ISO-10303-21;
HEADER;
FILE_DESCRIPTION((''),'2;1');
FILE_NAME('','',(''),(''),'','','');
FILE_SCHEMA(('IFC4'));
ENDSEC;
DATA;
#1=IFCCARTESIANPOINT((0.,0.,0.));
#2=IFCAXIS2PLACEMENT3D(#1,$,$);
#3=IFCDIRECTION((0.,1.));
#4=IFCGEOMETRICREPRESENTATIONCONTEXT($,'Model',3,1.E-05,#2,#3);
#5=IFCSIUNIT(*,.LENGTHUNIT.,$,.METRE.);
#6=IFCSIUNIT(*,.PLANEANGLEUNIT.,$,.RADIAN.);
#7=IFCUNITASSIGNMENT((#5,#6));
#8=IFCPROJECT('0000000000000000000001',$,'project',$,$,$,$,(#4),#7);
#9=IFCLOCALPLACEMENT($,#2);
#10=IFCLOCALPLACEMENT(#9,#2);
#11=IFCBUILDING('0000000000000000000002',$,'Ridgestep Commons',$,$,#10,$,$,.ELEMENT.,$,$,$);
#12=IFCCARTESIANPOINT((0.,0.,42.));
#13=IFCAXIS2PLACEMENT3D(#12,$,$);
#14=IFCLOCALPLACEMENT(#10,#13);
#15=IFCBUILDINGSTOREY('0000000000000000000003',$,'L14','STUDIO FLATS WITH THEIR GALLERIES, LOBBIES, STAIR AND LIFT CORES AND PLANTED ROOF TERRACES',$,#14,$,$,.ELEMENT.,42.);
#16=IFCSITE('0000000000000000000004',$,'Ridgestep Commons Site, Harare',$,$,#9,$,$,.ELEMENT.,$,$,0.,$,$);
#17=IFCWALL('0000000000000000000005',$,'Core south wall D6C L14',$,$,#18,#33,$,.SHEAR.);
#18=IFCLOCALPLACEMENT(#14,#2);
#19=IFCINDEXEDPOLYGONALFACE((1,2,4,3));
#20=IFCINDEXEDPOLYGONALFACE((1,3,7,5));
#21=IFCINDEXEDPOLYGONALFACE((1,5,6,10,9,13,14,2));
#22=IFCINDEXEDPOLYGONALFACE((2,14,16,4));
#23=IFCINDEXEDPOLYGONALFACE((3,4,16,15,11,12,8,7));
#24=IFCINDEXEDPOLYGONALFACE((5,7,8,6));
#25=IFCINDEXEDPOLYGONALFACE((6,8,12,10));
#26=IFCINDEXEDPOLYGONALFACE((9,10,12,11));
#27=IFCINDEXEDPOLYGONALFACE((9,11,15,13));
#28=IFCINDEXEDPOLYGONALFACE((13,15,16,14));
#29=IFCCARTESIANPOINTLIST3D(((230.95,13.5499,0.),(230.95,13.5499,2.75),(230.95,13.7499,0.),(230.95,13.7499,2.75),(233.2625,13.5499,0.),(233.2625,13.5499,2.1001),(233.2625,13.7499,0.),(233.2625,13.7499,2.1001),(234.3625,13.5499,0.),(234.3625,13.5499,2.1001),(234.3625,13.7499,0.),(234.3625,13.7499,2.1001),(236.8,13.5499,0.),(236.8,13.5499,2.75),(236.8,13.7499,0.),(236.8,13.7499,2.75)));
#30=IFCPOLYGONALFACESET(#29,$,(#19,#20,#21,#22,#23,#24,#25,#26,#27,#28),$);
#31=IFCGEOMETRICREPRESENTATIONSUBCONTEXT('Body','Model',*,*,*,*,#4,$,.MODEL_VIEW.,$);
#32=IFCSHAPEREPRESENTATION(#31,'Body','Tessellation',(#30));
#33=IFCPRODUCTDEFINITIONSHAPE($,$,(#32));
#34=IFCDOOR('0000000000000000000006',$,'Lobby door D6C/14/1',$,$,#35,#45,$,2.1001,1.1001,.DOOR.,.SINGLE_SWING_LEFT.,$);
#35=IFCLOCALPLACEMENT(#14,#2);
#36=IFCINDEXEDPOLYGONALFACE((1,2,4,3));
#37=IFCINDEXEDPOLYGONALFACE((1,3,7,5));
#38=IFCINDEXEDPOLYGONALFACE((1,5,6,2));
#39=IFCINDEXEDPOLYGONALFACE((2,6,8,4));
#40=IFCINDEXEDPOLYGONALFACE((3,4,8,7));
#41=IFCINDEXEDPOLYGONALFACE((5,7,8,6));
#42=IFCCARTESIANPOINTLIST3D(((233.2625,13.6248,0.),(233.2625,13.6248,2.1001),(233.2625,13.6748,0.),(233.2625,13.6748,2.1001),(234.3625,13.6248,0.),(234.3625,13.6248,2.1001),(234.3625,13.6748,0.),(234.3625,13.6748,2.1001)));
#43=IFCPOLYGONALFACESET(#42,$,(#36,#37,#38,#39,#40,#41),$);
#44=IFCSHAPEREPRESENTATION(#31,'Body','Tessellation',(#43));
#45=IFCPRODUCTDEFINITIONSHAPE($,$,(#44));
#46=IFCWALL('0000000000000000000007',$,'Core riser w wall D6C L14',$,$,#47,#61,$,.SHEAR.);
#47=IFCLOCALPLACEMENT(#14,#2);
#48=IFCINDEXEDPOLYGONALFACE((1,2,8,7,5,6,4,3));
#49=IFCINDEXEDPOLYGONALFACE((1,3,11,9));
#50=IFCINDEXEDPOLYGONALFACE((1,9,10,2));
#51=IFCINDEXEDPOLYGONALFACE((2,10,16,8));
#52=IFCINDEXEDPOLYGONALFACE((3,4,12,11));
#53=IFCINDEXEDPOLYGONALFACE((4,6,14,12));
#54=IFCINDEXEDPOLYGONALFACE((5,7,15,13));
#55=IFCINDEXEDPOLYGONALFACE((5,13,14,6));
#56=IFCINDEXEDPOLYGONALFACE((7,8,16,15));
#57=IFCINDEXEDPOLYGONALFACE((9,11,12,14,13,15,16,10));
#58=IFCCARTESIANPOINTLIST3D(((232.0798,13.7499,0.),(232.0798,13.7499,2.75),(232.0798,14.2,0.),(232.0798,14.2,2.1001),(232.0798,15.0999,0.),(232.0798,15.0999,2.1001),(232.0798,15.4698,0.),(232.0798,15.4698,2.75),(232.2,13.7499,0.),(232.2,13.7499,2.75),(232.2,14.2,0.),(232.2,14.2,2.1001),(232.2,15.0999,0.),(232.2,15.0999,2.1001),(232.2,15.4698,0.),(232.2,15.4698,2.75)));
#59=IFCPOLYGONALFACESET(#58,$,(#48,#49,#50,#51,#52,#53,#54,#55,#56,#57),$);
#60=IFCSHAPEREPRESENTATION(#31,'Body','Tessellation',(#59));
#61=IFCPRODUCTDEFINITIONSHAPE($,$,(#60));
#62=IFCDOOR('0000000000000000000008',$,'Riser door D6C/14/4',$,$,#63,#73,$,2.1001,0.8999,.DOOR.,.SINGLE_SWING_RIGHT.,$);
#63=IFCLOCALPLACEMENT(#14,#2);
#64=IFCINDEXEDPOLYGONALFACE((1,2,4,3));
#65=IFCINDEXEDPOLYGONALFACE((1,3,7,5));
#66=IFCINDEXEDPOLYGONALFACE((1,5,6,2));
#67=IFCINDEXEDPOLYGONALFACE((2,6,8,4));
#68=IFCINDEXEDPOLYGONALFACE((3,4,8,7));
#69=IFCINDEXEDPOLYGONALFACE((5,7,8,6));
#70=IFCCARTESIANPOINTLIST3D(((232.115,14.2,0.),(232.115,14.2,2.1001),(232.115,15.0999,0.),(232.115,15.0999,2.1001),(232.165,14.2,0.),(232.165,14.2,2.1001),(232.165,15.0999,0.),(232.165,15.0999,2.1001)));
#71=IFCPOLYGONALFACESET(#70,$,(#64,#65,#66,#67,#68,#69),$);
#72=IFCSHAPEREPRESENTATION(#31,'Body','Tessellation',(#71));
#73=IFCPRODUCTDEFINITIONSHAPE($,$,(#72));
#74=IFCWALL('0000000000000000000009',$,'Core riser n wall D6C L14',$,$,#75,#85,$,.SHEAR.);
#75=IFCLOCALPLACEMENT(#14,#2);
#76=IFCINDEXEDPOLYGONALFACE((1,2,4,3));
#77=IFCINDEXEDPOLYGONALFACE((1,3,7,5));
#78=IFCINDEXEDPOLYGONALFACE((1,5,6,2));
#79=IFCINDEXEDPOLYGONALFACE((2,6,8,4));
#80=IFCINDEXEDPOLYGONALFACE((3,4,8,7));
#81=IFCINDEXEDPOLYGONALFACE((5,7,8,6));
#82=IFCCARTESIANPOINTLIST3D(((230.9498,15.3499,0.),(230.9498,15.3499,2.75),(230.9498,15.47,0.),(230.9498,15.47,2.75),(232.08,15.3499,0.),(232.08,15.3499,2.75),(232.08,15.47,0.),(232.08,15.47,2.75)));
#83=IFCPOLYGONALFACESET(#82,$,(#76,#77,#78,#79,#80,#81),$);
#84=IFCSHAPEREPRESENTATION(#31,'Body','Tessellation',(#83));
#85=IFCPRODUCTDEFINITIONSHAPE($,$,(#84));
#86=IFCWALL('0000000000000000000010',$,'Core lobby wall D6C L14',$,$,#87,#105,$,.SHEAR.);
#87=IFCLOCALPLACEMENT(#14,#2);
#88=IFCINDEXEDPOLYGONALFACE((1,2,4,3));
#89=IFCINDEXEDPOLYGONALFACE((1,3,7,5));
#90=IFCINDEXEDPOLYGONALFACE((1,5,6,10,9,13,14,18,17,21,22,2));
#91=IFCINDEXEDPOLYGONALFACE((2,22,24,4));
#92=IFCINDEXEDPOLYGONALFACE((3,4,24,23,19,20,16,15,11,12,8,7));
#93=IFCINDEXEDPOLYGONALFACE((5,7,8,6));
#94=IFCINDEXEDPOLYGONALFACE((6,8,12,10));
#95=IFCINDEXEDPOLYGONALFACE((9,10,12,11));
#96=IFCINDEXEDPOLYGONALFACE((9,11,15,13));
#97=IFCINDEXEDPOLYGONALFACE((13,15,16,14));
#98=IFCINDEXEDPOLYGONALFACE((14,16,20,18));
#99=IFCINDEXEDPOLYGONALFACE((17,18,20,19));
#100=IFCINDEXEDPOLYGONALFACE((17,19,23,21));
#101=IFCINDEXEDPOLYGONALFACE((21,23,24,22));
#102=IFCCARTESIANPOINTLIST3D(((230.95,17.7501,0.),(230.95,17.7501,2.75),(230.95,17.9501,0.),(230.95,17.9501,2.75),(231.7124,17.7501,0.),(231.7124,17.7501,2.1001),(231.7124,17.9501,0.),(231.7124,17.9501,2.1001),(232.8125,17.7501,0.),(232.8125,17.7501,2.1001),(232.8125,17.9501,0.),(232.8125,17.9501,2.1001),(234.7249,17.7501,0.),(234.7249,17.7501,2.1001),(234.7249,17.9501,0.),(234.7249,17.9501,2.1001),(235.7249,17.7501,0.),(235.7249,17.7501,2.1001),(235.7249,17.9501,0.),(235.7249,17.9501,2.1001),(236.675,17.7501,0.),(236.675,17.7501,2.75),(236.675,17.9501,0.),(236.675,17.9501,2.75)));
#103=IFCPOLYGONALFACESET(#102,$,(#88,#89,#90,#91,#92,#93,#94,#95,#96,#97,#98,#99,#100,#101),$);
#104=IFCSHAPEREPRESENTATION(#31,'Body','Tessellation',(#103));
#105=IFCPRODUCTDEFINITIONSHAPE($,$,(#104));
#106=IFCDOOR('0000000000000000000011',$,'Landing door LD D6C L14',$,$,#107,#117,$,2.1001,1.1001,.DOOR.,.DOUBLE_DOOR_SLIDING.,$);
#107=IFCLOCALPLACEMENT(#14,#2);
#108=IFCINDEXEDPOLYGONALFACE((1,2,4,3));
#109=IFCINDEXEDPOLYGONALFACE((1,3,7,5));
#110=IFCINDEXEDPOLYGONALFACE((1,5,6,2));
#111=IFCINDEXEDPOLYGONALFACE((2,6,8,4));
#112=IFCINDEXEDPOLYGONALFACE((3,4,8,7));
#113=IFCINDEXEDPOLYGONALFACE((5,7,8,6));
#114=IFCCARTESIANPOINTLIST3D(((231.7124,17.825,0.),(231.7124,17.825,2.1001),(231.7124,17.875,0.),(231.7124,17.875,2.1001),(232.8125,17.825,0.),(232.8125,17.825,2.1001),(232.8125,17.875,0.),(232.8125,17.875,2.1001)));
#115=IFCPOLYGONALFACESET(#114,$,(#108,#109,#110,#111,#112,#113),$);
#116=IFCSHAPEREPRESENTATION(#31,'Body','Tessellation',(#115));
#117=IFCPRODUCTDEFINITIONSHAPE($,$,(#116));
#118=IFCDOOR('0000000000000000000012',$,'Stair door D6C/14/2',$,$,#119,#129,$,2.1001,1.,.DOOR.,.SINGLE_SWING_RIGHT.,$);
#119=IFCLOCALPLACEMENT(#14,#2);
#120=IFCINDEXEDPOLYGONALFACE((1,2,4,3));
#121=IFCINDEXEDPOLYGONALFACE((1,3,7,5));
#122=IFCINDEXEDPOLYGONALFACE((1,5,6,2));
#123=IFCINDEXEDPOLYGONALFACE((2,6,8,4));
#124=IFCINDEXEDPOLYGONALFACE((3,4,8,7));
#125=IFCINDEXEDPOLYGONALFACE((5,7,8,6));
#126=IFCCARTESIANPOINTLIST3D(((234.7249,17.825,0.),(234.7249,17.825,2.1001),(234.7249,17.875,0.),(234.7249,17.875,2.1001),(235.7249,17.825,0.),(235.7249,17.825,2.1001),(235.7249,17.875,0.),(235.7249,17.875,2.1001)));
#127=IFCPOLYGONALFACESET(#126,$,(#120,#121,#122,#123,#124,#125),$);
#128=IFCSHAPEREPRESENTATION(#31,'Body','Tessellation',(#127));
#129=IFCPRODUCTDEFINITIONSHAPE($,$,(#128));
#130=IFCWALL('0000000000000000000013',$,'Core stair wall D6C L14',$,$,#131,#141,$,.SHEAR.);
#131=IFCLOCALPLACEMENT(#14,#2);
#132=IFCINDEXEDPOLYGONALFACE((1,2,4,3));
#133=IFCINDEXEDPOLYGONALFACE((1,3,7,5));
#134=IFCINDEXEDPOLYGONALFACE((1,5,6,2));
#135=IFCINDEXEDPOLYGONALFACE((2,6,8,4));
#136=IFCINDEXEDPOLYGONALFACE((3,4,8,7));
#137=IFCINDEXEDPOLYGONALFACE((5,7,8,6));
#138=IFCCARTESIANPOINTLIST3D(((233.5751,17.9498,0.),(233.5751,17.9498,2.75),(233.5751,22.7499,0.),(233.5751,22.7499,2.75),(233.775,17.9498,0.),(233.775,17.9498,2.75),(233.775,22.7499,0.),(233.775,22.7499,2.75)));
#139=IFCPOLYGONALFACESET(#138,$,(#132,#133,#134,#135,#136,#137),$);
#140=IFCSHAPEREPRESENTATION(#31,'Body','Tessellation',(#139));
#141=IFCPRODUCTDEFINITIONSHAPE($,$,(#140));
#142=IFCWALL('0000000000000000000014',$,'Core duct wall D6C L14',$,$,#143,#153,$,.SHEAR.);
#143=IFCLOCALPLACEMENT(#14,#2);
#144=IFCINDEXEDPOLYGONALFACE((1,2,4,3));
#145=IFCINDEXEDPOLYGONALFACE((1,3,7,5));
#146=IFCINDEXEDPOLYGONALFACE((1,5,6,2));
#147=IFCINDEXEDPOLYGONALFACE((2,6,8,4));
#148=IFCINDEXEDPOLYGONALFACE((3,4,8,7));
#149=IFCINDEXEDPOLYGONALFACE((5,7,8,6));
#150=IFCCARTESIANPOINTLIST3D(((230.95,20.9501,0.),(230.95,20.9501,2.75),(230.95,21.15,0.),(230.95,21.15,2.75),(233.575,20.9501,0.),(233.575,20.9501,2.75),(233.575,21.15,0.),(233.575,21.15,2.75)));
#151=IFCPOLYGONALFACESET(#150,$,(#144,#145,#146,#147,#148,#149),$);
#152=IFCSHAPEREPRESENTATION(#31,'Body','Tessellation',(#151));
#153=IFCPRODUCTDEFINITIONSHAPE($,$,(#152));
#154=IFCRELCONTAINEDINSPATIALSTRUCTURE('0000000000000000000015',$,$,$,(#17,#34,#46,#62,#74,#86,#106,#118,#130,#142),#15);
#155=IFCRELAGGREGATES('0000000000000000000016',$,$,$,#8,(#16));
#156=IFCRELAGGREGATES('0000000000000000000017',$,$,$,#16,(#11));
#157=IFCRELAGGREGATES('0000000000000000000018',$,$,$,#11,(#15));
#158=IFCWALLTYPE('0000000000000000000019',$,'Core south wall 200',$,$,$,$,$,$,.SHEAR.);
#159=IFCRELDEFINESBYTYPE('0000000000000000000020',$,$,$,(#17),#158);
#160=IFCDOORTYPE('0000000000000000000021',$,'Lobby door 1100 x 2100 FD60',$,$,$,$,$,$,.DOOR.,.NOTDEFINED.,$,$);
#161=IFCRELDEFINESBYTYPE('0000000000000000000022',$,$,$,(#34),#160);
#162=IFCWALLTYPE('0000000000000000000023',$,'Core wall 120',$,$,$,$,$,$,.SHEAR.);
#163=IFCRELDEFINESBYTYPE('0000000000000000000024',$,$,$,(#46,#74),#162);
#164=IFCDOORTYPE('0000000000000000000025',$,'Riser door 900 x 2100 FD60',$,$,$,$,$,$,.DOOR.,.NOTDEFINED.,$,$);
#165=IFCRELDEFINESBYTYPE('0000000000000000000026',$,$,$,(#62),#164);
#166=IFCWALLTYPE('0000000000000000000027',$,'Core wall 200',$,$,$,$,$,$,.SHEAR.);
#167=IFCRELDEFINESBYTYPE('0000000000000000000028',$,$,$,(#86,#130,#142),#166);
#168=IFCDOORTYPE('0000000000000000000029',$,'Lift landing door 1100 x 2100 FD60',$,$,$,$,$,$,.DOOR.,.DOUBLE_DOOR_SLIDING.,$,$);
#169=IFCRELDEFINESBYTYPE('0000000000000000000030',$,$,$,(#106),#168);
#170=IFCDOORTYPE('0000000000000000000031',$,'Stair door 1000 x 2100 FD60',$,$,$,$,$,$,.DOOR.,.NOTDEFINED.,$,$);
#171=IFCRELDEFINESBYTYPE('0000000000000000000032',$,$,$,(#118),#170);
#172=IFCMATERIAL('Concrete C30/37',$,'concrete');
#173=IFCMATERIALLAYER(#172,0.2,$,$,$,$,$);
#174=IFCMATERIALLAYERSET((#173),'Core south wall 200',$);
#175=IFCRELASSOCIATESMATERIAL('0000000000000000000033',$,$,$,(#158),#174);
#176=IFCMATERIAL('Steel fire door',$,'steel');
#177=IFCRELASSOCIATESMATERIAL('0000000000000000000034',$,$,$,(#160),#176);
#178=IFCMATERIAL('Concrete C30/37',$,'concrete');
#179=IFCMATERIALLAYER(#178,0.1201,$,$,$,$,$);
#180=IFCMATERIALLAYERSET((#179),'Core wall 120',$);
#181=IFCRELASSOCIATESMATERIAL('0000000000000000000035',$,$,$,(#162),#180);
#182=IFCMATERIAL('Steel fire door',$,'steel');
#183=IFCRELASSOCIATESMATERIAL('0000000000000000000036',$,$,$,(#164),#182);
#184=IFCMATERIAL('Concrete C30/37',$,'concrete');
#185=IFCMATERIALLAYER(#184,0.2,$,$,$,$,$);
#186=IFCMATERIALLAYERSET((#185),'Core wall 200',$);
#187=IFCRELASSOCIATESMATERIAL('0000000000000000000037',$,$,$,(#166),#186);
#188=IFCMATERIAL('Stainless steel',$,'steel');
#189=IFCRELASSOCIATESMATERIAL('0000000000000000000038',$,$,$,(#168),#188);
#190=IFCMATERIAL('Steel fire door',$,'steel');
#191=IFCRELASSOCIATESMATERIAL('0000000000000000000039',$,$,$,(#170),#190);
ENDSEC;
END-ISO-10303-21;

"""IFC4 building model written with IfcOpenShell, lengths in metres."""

from ifc_helpers import new_model, si_unit, direction, frame, frame_2d, origin, place, context, subcontext, project, spatial, rectangle, extrude, material, layer, layer_set, type_object, element, fill, save


model = new_model("IFC4")

# Units and contexts
model_context = context("Model", 3, precision=1e-05, world=origin(), true_north=direction((0.0, 1.0)))
body_context = subcontext(model_context, "Body", "Model", "MODEL_VIEW")
ifc_project = project(units=[si_unit("LENGTHUNIT", "METRE"), si_unit("PLANEANGLEUNIT", "RADIAN")], contexts=[model_context])

# Site, building, storey
site_placement = place(None, origin())
site = spatial("IfcSite", under=ifc_project, at=site_placement, Name="Ridgestep Commons Site, Harare", CompositionType="ELEMENT", RefElevation=0.0)
building_placement = place(site_placement, origin())
building = spatial("IfcBuilding", under=site, at=building_placement, Name="Ridgestep Commons", CompositionType="ELEMENT")
storey_placement = place(building_placement, frame((0.0, 0.0, 42.0)))
storey = spatial("IfcBuildingStorey", under=building, at=storey_placement, Name="L14", Description="STUDIO FLATS WITH THEIR GALLERIES, LOBBIES, STAIR AND LIFT CORES AND PLANTED ROOF TERRACES", CompositionType="ELEMENT", Elevation=42.0)

# Walls, openings, doors
ifc_material_1 = material(Name="Concrete C30/37", Category="concrete")
ifc_layer_1 = layer(ifc_material_1, 0.2)
ifc_layer_set_1 = layer_set([ifc_layer_1], Name="Core south wall 200")
wall_type_1 = type_object("IfcWallType", Name="Core south wall 200", PredefinedType="SHEAR", material=ifc_layer_set_1)
wall_1_placement = place(storey_placement, frame((230.95, 13.6499, 0.0), z_axis=(0.0, 0.0, 1.0), x_axis=(1.0, 0.0, 0.0)))
wall_1 = element("IfcWall", 1, at=wall_1_placement, inside=storey, type_object=wall_type_1, Name="Core south wall D6C L14", PredefinedType="SHEAR", context=body_context, shape_type="SweptSolid", body=[
    extrude(rectangle(XDim=5.8501, YDim=0.2, at=frame_2d((2.925, 0.0))), origin(), (0.0, 0.0, 1.0), 2.75),
])
opening_1_placement = place(wall_1_placement, frame((2.3125, 0.0, 0.0)))
opening_1 = element("IfcOpeningElement", 2, at=opening_1_placement, cuts=wall_1, PredefinedType="OPENING", context=body_context, shape_type="SweptSolid", body=[
    extrude(rectangle(XDim=1.1001, YDim=2.1001, at=frame_2d((0.55, 1.05))), frame((0.0, 0.1099, 0.0), z_axis=(0.0, -1.0, 0.0), x_axis=(1.0, 0.0, 0.0)), (0.0, 0.0, 1.0), 0.22),
])
ifc_material_2 = material(Name="Steel fire door", Category="steel")
door_type_1 = type_object("IfcDoorType", Name="Lobby door 1100 x 2100 FD60", OperationType="NOTDEFINED", PredefinedType="DOOR", material=ifc_material_2)
door_1_placement = place(opening_1_placement, origin())
door_1 = element("IfcDoor", 3, at=door_1_placement, inside=storey, type_object=door_type_1, Name="Lobby door D6C/14/1", OperationType="SINGLE_SWING_LEFT", OverallHeight=2.1001, OverallWidth=1.1001, PredefinedType="DOOR", context=body_context, shape_type="SweptSolid", body=[
    extrude(rectangle(XDim=1.1001, YDim=2.1001, at=frame_2d((0.55, 1.05))), frame((0.0, 0.0249, 0.0), z_axis=(0.0, -1.0, 0.0), x_axis=(1.0, 0.0, 0.0)), (0.0, 0.0, 1.0), 0.05),
])
fill(opening_1, door_1)
ifc_material_3 = material(Name="Concrete C30/37", Category="concrete")
ifc_layer_2 = layer(ifc_material_3, 0.1201)
ifc_layer_set_2 = layer_set([ifc_layer_2], Name="Core wall 120")
wall_type_2 = type_object("IfcWallType", Name="Core wall 120", PredefinedType="SHEAR", material=ifc_layer_set_2)
wall_2_placement = place(storey_placement, frame((232.1399, 13.75, 0.0), z_axis=(0.0, 0.0, 1.0), x_axis=(0.0, 1.0, 0.0)))
wall_2 = element("IfcWall", 4, at=wall_2_placement, inside=storey, type_object=wall_type_2, Name="Core riser w wall D6C L14", PredefinedType="SHEAR", context=body_context, shape_type="SweptSolid", body=[
    extrude(rectangle(XDim=1.72, YDim=0.1201, at=frame_2d((0.8599, 0.0))), origin(), (0.0, 0.0, 1.0), 2.75),
])
opening_2_placement = place(wall_2_placement, frame((0.45, 0.0, 0.0)))
opening_2 = element("IfcOpeningElement", 5, at=opening_2_placement, cuts=wall_2, PredefinedType="OPENING", context=body_context, shape_type="SweptSolid", body=[
    extrude(rectangle(XDim=0.8999, YDim=2.1001, at=frame_2d((0.45, 1.05))), frame((0.0, 0.0701, 0.0), z_axis=(0.0, -1.0, 0.0), x_axis=(1.0, 0.0, 0.0)), (0.0, 0.0, 1.0), 0.1401),
])
ifc_material_4 = material(Name="Steel fire door", Category="steel")
door_type_2 = type_object("IfcDoorType", Name="Riser door 900 x 2100 FD60", OperationType="NOTDEFINED", PredefinedType="DOOR", material=ifc_material_4)
door_2_placement = place(opening_2_placement, origin())
door_2 = element("IfcDoor", 6, at=door_2_placement, inside=storey, type_object=door_type_2, Name="Riser door D6C/14/4", OperationType="SINGLE_SWING_RIGHT", OverallHeight=2.1001, OverallWidth=0.8999, PredefinedType="DOOR", context=body_context, shape_type="SweptSolid", body=[
    extrude(rectangle(XDim=0.8999, YDim=2.1001, at=frame_2d((0.45, 1.05))), frame((0.0, 0.0249, 0.0), z_axis=(0.0, -1.0, 0.0), x_axis=(1.0, 0.0, 0.0)), (0.0, 0.0, 1.0), 0.05),
])
fill(opening_2, door_2)

# Wall
wall_3_placement = place(storey_placement, frame((230.95, 15.4099, 0.0), z_axis=(0.0, 0.0, 1.0), x_axis=(1.0, 0.0, 0.0)))
element("IfcWall", 7, at=wall_3_placement, inside=storey, type_object=wall_type_2, Name="Core riser n wall D6C L14", PredefinedType="SHEAR", context=body_context, shape_type="SweptSolid", body=[
    extrude(rectangle(XDim=1.1301, YDim=0.1201, at=frame_2d((0.5649, 0.0))), origin(), (0.0, 0.0, 1.0), 2.75),
])

# Wall, openings, doors
ifc_material_5 = material(Name="Concrete C30/37", Category="concrete")
ifc_layer_3 = layer(ifc_material_5, 0.2)
ifc_layer_set_3 = layer_set([ifc_layer_3], Name="Core wall 200")
wall_type_3 = type_object("IfcWallType", Name="Core wall 200", PredefinedType="SHEAR", material=ifc_layer_set_3)
wall_4_placement = place(storey_placement, frame((230.95, 17.8501, 0.0), z_axis=(0.0, 0.0, 1.0), x_axis=(1.0, 0.0, 0.0)))
wall_4 = element("IfcWall", 8, at=wall_4_placement, inside=storey, type_object=wall_type_3, Name="Core lobby wall D6C L14", PredefinedType="SHEAR", context=body_context, shape_type="SweptSolid", body=[
    extrude(rectangle(XDim=5.7251, YDim=0.2, at=frame_2d((2.8625, 0.0))), origin(), (0.0, 0.0, 1.0), 2.75),
])
opening_3_placement = place(wall_4_placement, frame((3.7749, 0.0, 0.0)))
opening_3 = element("IfcOpeningElement", 9, at=opening_3_placement, cuts=wall_4, PredefinedType="OPENING", context=body_context, shape_type="SweptSolid", body=[
    extrude(rectangle(XDim=1.0, YDim=2.1001, at=frame_2d((0.5, 1.05))), frame((0.0, 0.1099, 0.0), z_axis=(0.0, -1.0, 0.0), x_axis=(1.0, 0.0, 0.0)), (0.0, 0.0, 1.0), 0.22),
])
opening_4_placement = place(wall_4_placement, frame((0.7625, 0.0, 0.0)))
opening_4 = element("IfcOpeningElement", 10, at=opening_4_placement, cuts=wall_4, PredefinedType="OPENING", context=body_context, shape_type="SweptSolid", body=[
    extrude(rectangle(XDim=1.1001, YDim=2.1001, at=frame_2d((0.55, 1.05))), frame((0.0, 0.1099, 0.0), z_axis=(0.0, -1.0, 0.0), x_axis=(1.0, 0.0, 0.0)), (0.0, 0.0, 1.0), 0.22),
])
ifc_material_6 = material(Name="Stainless steel", Category="steel")
door_type_3 = type_object("IfcDoorType", Name="Lift landing door 1100 x 2100 FD60", OperationType="DOUBLE_DOOR_SLIDING", PredefinedType="DOOR", material=ifc_material_6)
door_3_placement = place(opening_4_placement, origin())
door_3 = element("IfcDoor", 11, at=door_3_placement, inside=storey, type_object=door_type_3, Name="Landing door LD D6C L14", OperationType="DOUBLE_DOOR_SLIDING", OverallHeight=2.1001, OverallWidth=1.1001, PredefinedType="DOOR", context=body_context, shape_type="SweptSolid", body=[
    extrude(rectangle(XDim=1.1001, YDim=2.1001, at=frame_2d((0.55, 1.05))), frame((0.0, 0.0249, 0.0), z_axis=(0.0, -1.0, 0.0), x_axis=(1.0, 0.0, 0.0)), (0.0, 0.0, 1.0), 0.05),
])
fill(opening_4, door_3)
ifc_material_7 = material(Name="Steel fire door", Category="steel")
door_type_4 = type_object("IfcDoorType", Name="Stair door 1000 x 2100 FD60", OperationType="NOTDEFINED", PredefinedType="DOOR", material=ifc_material_7)
door_4_placement = place(opening_3_placement, origin())
door_4 = element("IfcDoor", 12, at=door_4_placement, inside=storey, type_object=door_type_4, Name="Stair door D6C/14/2", OperationType="SINGLE_SWING_RIGHT", OverallHeight=2.1001, OverallWidth=1.0, PredefinedType="DOOR", context=body_context, shape_type="SweptSolid", body=[
    extrude(rectangle(XDim=1.0, YDim=2.1001, at=frame_2d((0.5, 1.05))), frame((0.0, 0.0249, 0.0), z_axis=(0.0, -1.0, 0.0), x_axis=(1.0, 0.0, 0.0)), (0.0, 0.0, 1.0), 0.05),
])
fill(opening_3, door_4)

# Walls
wall_5_placement = place(storey_placement, frame((233.675, 17.95, 0.0), z_axis=(0.0, 0.0, 1.0), x_axis=(0.0, 1.0, 0.0)))
element("IfcWall", 13, at=wall_5_placement, inside=storey, type_object=wall_type_3, Name="Core stair wall D6C L14", PredefinedType="SHEAR", context=body_context, shape_type="SweptSolid", body=[
    extrude(rectangle(XDim=4.8, YDim=0.2, at=frame_2d((2.3999, 0.0))), origin(), (0.0, 0.0, 1.0), 2.75),
])
wall_6_placement = place(storey_placement, frame((230.95, 21.05, 0.0), z_axis=(0.0, 0.0, 1.0), x_axis=(1.0, 0.0, 0.0)))
element("IfcWall", 14, at=wall_6_placement, inside=storey, type_object=wall_type_3, Name="Core duct wall D6C L14", PredefinedType="SHEAR", context=body_context, shape_type="SweptSolid", body=[
    extrude(rectangle(XDim=2.625, YDim=0.2, at=frame_2d((1.3125, 0.0))), origin(), (0.0, 0.0, 1.0), 2.75),
])

save(model, "model.ifc")
